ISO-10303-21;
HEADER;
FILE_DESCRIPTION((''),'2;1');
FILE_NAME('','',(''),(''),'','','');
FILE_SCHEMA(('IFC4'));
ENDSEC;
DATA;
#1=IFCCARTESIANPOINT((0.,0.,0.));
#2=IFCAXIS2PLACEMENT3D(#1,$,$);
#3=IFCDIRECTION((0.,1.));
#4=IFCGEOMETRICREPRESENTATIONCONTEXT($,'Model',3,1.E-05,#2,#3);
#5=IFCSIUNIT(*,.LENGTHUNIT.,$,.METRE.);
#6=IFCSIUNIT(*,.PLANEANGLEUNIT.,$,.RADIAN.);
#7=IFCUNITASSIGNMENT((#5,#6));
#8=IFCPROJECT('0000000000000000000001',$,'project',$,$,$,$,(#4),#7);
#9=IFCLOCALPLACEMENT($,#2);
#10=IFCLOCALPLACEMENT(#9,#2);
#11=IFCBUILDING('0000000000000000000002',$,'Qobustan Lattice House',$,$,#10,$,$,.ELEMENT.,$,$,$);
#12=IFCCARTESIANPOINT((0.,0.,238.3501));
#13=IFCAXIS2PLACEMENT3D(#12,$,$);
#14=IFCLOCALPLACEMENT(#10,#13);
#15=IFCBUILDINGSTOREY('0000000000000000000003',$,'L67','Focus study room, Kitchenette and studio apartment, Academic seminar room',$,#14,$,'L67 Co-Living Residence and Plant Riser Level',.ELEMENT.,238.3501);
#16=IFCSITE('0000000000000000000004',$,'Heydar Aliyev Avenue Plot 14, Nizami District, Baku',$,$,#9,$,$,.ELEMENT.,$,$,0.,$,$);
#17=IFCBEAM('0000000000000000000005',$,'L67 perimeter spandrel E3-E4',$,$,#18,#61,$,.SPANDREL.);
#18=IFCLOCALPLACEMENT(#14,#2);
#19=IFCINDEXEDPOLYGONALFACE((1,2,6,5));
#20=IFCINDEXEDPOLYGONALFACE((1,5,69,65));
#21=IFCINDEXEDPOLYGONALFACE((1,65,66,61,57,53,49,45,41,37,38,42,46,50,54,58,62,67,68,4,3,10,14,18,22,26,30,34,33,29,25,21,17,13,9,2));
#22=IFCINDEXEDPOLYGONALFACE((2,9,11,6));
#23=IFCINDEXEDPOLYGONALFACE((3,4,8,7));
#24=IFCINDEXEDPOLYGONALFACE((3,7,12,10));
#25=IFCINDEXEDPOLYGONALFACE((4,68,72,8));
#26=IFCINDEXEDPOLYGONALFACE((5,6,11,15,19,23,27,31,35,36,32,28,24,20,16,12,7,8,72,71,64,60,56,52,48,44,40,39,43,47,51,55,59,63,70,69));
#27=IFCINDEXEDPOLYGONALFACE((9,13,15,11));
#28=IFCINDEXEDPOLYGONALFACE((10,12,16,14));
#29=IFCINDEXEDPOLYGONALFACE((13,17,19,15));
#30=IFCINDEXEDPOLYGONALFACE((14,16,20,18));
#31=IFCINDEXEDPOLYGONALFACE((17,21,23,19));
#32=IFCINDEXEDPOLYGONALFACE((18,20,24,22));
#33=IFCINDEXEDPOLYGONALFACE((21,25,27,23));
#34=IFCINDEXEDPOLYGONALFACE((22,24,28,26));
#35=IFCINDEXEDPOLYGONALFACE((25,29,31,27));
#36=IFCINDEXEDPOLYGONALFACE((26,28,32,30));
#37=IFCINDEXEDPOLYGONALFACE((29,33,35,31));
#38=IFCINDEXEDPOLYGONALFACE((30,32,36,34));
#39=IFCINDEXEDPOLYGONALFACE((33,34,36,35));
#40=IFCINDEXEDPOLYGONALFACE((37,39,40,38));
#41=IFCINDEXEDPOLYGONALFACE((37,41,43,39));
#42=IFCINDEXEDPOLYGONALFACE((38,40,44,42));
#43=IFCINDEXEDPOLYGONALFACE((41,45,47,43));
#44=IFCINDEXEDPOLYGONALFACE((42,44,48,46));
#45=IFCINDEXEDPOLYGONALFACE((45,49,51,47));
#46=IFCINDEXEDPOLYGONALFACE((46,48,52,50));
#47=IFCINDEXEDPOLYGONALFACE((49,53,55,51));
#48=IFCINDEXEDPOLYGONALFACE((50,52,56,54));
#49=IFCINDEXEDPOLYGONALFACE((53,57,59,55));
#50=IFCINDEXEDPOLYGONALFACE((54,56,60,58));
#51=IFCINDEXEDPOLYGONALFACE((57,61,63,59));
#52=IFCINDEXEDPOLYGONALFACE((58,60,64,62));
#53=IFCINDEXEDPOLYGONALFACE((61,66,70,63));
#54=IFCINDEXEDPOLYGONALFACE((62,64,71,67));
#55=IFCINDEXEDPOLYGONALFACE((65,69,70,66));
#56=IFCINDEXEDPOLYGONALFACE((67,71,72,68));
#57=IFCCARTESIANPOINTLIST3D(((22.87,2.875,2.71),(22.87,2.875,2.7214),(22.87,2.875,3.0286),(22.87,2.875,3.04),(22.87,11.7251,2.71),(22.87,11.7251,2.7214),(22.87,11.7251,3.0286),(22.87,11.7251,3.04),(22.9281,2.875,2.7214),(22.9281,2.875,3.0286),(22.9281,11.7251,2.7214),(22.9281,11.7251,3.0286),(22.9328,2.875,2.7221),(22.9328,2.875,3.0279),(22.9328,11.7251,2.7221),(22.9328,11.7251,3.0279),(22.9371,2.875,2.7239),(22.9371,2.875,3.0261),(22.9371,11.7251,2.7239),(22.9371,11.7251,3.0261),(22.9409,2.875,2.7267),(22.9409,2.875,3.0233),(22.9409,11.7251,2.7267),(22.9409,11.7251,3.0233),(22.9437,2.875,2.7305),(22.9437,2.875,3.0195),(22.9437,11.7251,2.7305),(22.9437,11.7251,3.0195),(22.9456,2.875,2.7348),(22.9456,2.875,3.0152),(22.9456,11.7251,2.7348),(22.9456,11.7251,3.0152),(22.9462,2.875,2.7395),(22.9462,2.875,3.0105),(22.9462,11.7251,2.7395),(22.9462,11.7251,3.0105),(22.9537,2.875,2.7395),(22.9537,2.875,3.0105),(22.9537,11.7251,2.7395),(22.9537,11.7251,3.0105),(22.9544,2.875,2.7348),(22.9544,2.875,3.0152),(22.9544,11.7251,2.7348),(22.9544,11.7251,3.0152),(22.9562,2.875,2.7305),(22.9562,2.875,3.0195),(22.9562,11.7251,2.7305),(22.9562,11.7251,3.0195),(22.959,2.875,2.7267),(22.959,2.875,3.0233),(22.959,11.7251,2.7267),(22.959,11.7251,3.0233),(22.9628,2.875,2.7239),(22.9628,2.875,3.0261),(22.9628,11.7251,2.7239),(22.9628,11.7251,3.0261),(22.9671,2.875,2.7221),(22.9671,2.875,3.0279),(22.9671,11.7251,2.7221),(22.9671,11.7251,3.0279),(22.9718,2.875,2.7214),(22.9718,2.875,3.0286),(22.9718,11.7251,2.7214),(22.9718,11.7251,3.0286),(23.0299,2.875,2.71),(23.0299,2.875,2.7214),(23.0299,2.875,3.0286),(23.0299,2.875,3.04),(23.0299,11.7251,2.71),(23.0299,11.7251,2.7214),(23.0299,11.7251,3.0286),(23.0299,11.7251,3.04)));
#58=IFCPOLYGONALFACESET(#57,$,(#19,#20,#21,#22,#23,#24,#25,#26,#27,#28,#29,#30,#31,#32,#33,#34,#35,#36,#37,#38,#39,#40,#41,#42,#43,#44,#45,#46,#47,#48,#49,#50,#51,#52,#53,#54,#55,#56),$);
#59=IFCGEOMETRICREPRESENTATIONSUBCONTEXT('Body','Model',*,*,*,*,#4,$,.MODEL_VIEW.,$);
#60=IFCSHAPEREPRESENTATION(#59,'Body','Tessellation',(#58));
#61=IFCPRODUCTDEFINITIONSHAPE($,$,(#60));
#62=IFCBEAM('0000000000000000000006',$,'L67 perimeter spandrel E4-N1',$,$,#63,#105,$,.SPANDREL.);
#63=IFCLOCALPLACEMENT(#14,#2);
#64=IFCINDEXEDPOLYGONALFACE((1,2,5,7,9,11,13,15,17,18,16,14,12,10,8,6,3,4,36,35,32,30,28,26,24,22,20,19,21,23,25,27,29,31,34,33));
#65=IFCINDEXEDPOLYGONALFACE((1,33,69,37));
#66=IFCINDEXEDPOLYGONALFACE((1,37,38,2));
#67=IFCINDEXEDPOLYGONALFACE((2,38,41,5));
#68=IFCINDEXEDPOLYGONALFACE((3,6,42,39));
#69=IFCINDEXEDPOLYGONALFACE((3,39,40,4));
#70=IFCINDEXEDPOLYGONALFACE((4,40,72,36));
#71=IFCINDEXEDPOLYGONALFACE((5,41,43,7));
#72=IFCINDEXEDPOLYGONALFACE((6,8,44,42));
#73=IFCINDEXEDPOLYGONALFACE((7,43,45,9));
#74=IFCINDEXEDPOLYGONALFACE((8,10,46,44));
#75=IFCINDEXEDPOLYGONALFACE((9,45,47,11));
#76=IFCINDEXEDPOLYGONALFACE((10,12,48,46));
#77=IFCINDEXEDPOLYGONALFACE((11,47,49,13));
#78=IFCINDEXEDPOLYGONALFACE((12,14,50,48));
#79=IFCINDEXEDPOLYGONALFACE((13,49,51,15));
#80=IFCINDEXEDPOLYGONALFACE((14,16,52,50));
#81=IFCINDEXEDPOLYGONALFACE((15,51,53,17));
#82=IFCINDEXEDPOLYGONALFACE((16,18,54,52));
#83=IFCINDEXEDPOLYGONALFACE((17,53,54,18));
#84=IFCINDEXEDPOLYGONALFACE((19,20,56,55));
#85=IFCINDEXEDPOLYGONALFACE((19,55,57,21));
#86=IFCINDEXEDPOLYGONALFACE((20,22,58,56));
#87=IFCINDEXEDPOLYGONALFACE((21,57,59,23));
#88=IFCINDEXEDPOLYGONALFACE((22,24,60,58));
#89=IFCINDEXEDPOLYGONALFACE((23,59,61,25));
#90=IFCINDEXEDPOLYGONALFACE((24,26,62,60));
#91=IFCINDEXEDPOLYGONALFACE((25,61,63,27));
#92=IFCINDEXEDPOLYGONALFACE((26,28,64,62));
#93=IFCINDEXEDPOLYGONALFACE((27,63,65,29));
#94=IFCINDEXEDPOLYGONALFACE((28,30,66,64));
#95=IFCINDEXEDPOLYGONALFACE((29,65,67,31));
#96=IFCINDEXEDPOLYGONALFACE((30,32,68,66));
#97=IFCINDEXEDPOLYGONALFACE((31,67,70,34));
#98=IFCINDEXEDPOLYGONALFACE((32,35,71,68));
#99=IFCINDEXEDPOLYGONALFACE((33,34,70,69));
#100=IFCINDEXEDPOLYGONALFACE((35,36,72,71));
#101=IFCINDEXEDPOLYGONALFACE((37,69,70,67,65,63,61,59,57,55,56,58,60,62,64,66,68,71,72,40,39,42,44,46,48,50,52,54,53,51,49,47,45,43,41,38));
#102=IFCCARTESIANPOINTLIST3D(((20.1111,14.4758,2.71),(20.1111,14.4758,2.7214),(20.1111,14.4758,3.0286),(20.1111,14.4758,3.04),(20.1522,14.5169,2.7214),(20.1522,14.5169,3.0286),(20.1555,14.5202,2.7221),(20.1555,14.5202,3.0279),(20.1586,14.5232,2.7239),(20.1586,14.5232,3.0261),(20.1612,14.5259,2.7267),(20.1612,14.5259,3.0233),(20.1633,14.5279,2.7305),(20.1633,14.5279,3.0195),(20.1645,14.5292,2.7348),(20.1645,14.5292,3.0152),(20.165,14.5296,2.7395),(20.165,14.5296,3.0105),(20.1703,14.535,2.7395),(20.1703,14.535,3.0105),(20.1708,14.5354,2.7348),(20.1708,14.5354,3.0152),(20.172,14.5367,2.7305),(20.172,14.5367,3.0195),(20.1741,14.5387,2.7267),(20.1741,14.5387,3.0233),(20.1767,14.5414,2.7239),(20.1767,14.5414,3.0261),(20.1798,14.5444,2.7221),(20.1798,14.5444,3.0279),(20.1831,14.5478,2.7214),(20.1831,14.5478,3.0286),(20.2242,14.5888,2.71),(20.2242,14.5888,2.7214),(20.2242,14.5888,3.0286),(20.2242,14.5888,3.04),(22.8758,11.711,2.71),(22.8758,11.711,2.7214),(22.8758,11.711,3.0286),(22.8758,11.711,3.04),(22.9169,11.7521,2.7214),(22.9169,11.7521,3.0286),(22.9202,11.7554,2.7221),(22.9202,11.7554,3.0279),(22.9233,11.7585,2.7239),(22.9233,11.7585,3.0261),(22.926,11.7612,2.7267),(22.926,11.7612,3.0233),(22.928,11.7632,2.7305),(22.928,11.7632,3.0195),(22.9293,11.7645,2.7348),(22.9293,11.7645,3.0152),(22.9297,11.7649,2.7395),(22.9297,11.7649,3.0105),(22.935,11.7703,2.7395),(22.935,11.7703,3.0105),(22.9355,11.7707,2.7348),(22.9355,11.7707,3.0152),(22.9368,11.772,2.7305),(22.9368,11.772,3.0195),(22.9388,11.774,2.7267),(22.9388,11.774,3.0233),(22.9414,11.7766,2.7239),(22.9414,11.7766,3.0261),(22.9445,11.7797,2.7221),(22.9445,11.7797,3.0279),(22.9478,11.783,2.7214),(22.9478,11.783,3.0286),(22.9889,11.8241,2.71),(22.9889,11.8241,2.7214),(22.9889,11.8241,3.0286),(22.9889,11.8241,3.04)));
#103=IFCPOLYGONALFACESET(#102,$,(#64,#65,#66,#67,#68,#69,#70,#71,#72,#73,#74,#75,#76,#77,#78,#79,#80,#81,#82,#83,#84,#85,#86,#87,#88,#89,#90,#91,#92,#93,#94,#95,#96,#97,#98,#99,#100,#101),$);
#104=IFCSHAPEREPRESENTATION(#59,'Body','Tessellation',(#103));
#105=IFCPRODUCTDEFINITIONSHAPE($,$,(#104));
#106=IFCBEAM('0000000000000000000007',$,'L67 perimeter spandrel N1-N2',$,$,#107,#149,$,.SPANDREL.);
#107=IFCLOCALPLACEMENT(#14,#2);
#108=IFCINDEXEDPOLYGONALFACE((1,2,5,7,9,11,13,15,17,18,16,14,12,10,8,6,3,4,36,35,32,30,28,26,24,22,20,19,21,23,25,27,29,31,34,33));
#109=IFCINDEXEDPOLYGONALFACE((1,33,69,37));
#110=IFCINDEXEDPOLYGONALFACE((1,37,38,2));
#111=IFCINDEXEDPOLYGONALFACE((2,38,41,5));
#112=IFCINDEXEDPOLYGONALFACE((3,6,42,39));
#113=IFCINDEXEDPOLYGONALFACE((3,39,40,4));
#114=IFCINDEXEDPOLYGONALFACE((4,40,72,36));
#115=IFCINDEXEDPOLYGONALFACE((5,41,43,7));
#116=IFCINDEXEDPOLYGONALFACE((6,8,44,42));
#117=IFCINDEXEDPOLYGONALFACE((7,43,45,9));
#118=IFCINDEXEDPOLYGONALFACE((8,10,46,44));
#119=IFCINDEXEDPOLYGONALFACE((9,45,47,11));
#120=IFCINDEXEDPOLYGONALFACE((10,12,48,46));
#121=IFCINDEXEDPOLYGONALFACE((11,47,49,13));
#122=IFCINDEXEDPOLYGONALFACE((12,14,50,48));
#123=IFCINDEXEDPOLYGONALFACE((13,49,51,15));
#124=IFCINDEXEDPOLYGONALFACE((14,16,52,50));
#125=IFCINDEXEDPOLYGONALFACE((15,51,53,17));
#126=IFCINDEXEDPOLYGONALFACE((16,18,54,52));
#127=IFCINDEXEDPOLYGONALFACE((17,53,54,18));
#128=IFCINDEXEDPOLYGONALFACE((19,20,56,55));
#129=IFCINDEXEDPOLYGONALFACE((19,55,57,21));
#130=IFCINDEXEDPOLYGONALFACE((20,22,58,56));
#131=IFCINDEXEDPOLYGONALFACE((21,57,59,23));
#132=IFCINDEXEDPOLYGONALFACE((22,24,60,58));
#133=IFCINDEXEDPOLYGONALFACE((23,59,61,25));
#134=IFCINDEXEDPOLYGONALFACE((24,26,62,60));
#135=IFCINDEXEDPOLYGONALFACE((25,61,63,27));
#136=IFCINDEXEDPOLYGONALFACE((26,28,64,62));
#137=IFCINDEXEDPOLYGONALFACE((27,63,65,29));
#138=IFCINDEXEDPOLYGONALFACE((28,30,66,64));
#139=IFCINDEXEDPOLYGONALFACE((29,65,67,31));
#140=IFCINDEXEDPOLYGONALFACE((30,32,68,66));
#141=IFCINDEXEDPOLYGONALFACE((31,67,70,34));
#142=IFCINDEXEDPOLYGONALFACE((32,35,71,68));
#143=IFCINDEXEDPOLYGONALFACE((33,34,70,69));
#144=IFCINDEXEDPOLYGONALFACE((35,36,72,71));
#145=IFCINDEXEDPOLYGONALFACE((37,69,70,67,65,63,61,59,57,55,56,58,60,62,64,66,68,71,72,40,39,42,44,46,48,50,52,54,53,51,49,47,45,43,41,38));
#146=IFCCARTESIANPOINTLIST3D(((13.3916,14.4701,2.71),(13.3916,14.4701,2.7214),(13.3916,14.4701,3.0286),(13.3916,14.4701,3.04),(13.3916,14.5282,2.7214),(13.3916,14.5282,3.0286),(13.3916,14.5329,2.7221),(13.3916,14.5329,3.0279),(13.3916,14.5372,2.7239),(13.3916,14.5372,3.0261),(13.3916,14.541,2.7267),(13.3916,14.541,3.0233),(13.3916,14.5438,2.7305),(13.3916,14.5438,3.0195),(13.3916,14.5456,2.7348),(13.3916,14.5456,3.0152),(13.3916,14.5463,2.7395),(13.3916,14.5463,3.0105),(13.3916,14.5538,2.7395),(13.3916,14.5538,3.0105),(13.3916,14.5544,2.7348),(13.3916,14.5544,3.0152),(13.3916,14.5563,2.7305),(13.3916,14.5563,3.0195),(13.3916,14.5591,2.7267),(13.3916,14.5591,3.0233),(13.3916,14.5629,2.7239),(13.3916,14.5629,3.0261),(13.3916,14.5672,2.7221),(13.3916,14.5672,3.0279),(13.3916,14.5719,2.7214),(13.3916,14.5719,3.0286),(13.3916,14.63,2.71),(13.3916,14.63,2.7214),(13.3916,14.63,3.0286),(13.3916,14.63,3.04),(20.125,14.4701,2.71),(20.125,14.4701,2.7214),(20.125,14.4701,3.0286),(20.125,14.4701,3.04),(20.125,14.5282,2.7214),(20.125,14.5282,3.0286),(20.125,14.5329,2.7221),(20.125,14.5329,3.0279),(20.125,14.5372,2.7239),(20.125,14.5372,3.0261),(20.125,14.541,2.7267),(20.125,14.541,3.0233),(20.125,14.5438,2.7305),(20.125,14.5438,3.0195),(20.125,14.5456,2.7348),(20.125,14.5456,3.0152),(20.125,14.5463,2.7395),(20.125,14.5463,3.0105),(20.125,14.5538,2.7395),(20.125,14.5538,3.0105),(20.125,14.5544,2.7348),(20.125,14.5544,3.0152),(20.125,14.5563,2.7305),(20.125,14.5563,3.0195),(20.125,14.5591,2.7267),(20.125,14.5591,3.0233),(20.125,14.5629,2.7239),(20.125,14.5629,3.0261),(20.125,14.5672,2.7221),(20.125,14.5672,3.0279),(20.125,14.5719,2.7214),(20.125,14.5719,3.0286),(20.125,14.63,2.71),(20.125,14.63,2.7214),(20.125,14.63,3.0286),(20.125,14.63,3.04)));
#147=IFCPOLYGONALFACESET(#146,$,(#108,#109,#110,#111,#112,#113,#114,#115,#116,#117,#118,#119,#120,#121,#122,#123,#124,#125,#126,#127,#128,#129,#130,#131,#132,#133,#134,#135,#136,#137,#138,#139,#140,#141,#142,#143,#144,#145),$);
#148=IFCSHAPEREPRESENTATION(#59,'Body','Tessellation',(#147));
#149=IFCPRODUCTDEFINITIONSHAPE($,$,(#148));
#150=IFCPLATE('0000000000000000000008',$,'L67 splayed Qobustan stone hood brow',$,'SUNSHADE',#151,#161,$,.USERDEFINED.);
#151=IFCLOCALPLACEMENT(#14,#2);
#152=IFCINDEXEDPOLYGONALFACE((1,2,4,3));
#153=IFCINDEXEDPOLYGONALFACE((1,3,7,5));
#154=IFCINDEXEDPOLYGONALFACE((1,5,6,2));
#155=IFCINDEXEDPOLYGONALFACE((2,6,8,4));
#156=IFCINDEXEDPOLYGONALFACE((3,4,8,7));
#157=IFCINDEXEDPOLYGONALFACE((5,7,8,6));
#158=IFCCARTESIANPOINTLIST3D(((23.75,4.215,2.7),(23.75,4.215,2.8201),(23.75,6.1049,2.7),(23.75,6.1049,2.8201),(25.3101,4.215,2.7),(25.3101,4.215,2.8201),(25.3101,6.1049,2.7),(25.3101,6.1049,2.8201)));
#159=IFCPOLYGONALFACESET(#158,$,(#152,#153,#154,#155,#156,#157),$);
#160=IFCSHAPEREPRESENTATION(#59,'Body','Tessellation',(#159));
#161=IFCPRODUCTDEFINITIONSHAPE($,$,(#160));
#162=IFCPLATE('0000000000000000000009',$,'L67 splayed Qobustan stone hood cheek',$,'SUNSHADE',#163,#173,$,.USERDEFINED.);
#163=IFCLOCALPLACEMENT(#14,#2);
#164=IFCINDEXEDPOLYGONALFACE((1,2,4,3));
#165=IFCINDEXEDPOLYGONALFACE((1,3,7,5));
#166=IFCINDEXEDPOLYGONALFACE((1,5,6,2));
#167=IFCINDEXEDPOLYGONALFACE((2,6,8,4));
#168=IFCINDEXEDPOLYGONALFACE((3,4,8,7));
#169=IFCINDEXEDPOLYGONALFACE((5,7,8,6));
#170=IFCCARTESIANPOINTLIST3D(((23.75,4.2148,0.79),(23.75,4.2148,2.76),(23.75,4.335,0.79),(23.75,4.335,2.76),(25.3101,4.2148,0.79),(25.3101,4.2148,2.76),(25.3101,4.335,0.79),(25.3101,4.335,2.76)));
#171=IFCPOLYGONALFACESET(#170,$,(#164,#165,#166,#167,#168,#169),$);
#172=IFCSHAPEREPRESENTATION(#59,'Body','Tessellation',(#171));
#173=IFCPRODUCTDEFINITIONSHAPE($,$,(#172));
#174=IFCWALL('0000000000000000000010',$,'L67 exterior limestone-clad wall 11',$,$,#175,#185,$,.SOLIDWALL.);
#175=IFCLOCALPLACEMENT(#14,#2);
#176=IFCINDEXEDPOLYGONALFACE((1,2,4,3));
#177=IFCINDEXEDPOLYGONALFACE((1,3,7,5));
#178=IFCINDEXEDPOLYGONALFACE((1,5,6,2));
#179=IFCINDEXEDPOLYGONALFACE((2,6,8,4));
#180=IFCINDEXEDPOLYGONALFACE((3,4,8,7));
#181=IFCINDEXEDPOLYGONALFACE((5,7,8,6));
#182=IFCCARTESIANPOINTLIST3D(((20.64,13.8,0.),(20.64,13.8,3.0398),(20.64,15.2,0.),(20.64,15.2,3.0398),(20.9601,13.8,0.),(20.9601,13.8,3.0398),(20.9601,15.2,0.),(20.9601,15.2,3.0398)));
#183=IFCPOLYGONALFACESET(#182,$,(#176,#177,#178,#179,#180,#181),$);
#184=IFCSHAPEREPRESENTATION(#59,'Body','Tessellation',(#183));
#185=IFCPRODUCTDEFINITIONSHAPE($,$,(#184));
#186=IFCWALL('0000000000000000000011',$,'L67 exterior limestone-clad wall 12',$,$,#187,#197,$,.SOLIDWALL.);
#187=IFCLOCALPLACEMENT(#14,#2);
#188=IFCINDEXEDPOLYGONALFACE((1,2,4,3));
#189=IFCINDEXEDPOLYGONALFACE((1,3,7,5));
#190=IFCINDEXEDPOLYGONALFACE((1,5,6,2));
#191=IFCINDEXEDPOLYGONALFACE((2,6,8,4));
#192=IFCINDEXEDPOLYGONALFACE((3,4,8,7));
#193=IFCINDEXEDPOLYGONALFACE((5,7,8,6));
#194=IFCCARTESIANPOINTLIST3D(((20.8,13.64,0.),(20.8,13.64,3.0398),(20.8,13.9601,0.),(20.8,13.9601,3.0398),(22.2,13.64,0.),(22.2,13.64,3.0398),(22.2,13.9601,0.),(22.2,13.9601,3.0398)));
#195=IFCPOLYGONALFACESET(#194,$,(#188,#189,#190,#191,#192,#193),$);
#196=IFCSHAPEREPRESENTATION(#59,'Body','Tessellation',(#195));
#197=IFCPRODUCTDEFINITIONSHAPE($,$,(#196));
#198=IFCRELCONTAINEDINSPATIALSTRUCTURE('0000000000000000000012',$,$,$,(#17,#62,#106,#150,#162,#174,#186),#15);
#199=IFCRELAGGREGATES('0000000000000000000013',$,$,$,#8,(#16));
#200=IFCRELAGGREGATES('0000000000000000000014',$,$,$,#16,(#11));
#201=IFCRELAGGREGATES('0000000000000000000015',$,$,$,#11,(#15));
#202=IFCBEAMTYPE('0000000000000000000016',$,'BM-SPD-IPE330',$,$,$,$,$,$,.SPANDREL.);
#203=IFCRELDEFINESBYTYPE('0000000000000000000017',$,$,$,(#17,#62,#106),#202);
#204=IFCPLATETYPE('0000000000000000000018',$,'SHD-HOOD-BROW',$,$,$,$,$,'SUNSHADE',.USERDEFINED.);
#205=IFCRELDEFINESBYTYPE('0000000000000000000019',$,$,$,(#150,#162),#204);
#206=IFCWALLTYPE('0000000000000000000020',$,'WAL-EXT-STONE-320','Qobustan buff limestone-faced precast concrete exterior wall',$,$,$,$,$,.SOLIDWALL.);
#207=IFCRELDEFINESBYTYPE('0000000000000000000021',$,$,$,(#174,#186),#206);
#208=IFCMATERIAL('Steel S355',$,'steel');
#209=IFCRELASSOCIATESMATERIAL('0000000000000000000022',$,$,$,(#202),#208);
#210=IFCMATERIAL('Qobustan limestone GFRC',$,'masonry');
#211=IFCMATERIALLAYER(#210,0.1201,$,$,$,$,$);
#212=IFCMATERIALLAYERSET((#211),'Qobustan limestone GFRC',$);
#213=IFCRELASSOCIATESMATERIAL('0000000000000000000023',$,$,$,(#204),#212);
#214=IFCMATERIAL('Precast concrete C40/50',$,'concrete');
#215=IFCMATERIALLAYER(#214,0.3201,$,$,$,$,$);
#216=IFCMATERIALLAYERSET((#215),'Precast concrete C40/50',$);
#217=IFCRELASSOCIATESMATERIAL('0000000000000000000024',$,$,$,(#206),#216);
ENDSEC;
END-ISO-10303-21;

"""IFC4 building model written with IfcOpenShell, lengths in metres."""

from ifc_helpers import new_model, si_unit, direction, frame, frame_2d, origin, origin_2d, place, context, subcontext, project, spatial, rectangle, i_section, extrude, material, layer, layer_set, material_profile, profile_set, type_object, element, save


model = new_model("IFC4")

# Units and contexts
model_context = context("Model", 3, precision=1e-05, world=origin(), true_north=direction((0.0, 1.0)))
body_context = subcontext(model_context, "Body", "Model", "MODEL_VIEW")
ifc_project = project(units=[si_unit("LENGTHUNIT", "METRE"), si_unit("PLANEANGLEUNIT", "RADIAN")], contexts=[model_context])

# Site, building, storey
site_placement = place(None, origin())
site = spatial("IfcSite", under=ifc_project, at=site_placement, Name="Heydar Aliyev Avenue Plot 14, Nizami District, Baku", CompositionType="ELEMENT", RefElevation=0.0)
building_placement = place(site_placement, origin())
building = spatial("IfcBuilding", under=site, at=building_placement, Name="Qobustan Lattice House", CompositionType="ELEMENT")
storey_placement = place(building_placement, frame((0.0, 0.0, 238.3501)))
storey = spatial("IfcBuildingStorey", under=building, at=storey_placement, Name="L67", Description="Focus study room, Kitchenette and studio apartment, Academic seminar room", LongName="L67 Co-Living Residence and Plant Riser Level", CompositionType="ELEMENT", Elevation=238.3501)

# Beams
ifc_material_1 = material(Name="Steel S355", Category="steel")
ifc_material_profile_1 = material_profile(ifc_material_1, i_section(OverallWidth=0.1599, OverallDepth=0.3301, WebThickness=0.0076, FlangeThickness=0.0115, FilletRadius=0.0181, at=origin_2d()), Name="IPE330")
ifc_profile_set_1 = profile_set([ifc_material_profile_1], Name="Steel S355")
beam_type_1 = type_object("IfcBeamType", Name="BM-SPD-IPE330", PredefinedType="SPANDREL", material=ifc_profile_set_1)
beam_1_placement = place(storey_placement, frame((22.95, 2.875, 2.875), z_axis=(0.0, 1.0, 0.0), x_axis=(-1.0, 0.0, 0.0)))
element("IfcBeam", 1, at=beam_1_placement, inside=storey, type_object=beam_type_1, Name="L67 perimeter spandrel E3-E4", PredefinedType="SPANDREL", context=body_context, shape_type="SweptSolid", body=[
    extrude(i_section(OverallWidth=0.1599, OverallDepth=0.3301, WebThickness=0.0076, FlangeThickness=0.0115, FilletRadius=0.0181, at=origin_2d()), origin(), (0.0, 0.0, 1.0), 8.8501),
])
beam_2_placement = place(storey_placement, frame((22.9324, 11.7676, 2.875), z_axis=(-0.707107, 0.707107, 0.0), x_axis=(-0.707107, -0.707107, 0.0)))
element("IfcBeam", 2, at=beam_2_placement, inside=storey, type_object=beam_type_1, Name="L67 perimeter spandrel E4-N1", PredefinedType="SPANDREL", context=body_context, shape_type="SweptSolid", body=[
    extrude(i_section(OverallWidth=0.1599, OverallDepth=0.3301, WebThickness=0.0076, FlangeThickness=0.0115, FilletRadius=0.0181, at=origin_2d()), origin(), (0.0, 0.0, 1.0), 3.9099),
])
beam_3_placement = place(storey_placement, frame((20.125, 14.55, 2.875), z_axis=(-1.0, 0.0, 0.0), x_axis=(0.0, -1.0, 0.0)))
element("IfcBeam", 3, at=beam_3_placement, inside=storey, type_object=beam_type_1, Name="L67 perimeter spandrel N1-N2", PredefinedType="SPANDREL", context=body_context, shape_type="SweptSolid", body=[
    extrude(i_section(OverallWidth=0.1599, OverallDepth=0.3301, WebThickness=0.0076, FlangeThickness=0.0115, FilletRadius=0.0181, at=origin_2d()), origin(), (0.0, 0.0, 1.0), 6.7334),
])

# Plates
ifc_material_2 = material(Name="Qobustan limestone GFRC", Category="masonry")
ifc_layer_1 = layer(ifc_material_2, 0.1201)
ifc_layer_set_1 = layer_set([ifc_layer_1], Name="Qobustan limestone GFRC")
plate_type = type_object("IfcPlateType", Name="SHD-HOOD-BROW", ElementType="SUNSHADE", PredefinedType="USERDEFINED", material=ifc_layer_set_1)
plate_1_placement = place(storey_placement, frame((24.53, 5.1599, 2.7), z_axis=(0.0, 0.0, 1.0), x_axis=(0.0, -1.0, 0.0)))
element("IfcPlate", 4, at=plate_1_placement, inside=storey, type_object=plate_type, Name="L67 splayed Qobustan stone hood brow", ObjectType="SUNSHADE", PredefinedType="USERDEFINED", context=body_context, shape_type="SweptSolid", body=[
    extrude(rectangle(XDim=1.8899, YDim=1.5601, at=origin_2d()), origin(), (0.0, 0.0, 1.0), 0.1201),
])
plate_2_placement = place(storey_placement, frame((24.53, 4.2749, 0.79), z_axis=(0.0, 0.0, 1.0), x_axis=(0.0, -1.0, 0.0)))
element("IfcPlate", 5, at=plate_2_placement, inside=storey, type_object=plate_type, Name="L67 splayed Qobustan stone hood cheek", ObjectType="SUNSHADE", PredefinedType="USERDEFINED", context=body_context, shape_type="SweptSolid", body=[
    extrude(rectangle(XDim=0.1201, YDim=1.5601, at=origin_2d()), origin(), (0.0, 0.0, 1.0), 1.97),
])

# Walls
ifc_material_3 = material(Name="Precast concrete C40/50", Category="concrete")
ifc_layer_2 = layer(ifc_material_3, 0.3201)
ifc_layer_set_2 = layer_set([ifc_layer_2], Name="Precast concrete C40/50")
wall_type_1 = type_object("IfcWallType", Name="WAL-EXT-STONE-320", Description="Qobustan buff limestone-faced precast concrete exterior wall", PredefinedType="SOLIDWALL", material=ifc_layer_set_2)
for number, where, z_axis, x_axis, name in (
    (6, (20.8, 15.2, 0.0), (0.0, 0.0, 1.0), (0.0, -1.0, 0.0), "L67 exterior limestone-clad wall 11"),
    (7, (20.8, 13.8, 0.0), (0.0, 0.0, 1.0), (1.0, 0.0, 0.0), "L67 exterior limestone-clad wall 12"),
):
    element("IfcWall", number, at=place(storey_placement, frame(where, z_axis=z_axis, x_axis=x_axis)), inside=storey, type_object=wall_type_1, Name=name, PredefinedType="SOLIDWALL", context=body_context, shape_type="SweptSolid", body=[
        extrude(rectangle(XDim=1.3999, YDim=0.3201, at=frame_2d((0.7, 0.0))), origin(), (0.0, 0.0, 1.0), 3.0398),
    ])

save(model, "model.ifc")
